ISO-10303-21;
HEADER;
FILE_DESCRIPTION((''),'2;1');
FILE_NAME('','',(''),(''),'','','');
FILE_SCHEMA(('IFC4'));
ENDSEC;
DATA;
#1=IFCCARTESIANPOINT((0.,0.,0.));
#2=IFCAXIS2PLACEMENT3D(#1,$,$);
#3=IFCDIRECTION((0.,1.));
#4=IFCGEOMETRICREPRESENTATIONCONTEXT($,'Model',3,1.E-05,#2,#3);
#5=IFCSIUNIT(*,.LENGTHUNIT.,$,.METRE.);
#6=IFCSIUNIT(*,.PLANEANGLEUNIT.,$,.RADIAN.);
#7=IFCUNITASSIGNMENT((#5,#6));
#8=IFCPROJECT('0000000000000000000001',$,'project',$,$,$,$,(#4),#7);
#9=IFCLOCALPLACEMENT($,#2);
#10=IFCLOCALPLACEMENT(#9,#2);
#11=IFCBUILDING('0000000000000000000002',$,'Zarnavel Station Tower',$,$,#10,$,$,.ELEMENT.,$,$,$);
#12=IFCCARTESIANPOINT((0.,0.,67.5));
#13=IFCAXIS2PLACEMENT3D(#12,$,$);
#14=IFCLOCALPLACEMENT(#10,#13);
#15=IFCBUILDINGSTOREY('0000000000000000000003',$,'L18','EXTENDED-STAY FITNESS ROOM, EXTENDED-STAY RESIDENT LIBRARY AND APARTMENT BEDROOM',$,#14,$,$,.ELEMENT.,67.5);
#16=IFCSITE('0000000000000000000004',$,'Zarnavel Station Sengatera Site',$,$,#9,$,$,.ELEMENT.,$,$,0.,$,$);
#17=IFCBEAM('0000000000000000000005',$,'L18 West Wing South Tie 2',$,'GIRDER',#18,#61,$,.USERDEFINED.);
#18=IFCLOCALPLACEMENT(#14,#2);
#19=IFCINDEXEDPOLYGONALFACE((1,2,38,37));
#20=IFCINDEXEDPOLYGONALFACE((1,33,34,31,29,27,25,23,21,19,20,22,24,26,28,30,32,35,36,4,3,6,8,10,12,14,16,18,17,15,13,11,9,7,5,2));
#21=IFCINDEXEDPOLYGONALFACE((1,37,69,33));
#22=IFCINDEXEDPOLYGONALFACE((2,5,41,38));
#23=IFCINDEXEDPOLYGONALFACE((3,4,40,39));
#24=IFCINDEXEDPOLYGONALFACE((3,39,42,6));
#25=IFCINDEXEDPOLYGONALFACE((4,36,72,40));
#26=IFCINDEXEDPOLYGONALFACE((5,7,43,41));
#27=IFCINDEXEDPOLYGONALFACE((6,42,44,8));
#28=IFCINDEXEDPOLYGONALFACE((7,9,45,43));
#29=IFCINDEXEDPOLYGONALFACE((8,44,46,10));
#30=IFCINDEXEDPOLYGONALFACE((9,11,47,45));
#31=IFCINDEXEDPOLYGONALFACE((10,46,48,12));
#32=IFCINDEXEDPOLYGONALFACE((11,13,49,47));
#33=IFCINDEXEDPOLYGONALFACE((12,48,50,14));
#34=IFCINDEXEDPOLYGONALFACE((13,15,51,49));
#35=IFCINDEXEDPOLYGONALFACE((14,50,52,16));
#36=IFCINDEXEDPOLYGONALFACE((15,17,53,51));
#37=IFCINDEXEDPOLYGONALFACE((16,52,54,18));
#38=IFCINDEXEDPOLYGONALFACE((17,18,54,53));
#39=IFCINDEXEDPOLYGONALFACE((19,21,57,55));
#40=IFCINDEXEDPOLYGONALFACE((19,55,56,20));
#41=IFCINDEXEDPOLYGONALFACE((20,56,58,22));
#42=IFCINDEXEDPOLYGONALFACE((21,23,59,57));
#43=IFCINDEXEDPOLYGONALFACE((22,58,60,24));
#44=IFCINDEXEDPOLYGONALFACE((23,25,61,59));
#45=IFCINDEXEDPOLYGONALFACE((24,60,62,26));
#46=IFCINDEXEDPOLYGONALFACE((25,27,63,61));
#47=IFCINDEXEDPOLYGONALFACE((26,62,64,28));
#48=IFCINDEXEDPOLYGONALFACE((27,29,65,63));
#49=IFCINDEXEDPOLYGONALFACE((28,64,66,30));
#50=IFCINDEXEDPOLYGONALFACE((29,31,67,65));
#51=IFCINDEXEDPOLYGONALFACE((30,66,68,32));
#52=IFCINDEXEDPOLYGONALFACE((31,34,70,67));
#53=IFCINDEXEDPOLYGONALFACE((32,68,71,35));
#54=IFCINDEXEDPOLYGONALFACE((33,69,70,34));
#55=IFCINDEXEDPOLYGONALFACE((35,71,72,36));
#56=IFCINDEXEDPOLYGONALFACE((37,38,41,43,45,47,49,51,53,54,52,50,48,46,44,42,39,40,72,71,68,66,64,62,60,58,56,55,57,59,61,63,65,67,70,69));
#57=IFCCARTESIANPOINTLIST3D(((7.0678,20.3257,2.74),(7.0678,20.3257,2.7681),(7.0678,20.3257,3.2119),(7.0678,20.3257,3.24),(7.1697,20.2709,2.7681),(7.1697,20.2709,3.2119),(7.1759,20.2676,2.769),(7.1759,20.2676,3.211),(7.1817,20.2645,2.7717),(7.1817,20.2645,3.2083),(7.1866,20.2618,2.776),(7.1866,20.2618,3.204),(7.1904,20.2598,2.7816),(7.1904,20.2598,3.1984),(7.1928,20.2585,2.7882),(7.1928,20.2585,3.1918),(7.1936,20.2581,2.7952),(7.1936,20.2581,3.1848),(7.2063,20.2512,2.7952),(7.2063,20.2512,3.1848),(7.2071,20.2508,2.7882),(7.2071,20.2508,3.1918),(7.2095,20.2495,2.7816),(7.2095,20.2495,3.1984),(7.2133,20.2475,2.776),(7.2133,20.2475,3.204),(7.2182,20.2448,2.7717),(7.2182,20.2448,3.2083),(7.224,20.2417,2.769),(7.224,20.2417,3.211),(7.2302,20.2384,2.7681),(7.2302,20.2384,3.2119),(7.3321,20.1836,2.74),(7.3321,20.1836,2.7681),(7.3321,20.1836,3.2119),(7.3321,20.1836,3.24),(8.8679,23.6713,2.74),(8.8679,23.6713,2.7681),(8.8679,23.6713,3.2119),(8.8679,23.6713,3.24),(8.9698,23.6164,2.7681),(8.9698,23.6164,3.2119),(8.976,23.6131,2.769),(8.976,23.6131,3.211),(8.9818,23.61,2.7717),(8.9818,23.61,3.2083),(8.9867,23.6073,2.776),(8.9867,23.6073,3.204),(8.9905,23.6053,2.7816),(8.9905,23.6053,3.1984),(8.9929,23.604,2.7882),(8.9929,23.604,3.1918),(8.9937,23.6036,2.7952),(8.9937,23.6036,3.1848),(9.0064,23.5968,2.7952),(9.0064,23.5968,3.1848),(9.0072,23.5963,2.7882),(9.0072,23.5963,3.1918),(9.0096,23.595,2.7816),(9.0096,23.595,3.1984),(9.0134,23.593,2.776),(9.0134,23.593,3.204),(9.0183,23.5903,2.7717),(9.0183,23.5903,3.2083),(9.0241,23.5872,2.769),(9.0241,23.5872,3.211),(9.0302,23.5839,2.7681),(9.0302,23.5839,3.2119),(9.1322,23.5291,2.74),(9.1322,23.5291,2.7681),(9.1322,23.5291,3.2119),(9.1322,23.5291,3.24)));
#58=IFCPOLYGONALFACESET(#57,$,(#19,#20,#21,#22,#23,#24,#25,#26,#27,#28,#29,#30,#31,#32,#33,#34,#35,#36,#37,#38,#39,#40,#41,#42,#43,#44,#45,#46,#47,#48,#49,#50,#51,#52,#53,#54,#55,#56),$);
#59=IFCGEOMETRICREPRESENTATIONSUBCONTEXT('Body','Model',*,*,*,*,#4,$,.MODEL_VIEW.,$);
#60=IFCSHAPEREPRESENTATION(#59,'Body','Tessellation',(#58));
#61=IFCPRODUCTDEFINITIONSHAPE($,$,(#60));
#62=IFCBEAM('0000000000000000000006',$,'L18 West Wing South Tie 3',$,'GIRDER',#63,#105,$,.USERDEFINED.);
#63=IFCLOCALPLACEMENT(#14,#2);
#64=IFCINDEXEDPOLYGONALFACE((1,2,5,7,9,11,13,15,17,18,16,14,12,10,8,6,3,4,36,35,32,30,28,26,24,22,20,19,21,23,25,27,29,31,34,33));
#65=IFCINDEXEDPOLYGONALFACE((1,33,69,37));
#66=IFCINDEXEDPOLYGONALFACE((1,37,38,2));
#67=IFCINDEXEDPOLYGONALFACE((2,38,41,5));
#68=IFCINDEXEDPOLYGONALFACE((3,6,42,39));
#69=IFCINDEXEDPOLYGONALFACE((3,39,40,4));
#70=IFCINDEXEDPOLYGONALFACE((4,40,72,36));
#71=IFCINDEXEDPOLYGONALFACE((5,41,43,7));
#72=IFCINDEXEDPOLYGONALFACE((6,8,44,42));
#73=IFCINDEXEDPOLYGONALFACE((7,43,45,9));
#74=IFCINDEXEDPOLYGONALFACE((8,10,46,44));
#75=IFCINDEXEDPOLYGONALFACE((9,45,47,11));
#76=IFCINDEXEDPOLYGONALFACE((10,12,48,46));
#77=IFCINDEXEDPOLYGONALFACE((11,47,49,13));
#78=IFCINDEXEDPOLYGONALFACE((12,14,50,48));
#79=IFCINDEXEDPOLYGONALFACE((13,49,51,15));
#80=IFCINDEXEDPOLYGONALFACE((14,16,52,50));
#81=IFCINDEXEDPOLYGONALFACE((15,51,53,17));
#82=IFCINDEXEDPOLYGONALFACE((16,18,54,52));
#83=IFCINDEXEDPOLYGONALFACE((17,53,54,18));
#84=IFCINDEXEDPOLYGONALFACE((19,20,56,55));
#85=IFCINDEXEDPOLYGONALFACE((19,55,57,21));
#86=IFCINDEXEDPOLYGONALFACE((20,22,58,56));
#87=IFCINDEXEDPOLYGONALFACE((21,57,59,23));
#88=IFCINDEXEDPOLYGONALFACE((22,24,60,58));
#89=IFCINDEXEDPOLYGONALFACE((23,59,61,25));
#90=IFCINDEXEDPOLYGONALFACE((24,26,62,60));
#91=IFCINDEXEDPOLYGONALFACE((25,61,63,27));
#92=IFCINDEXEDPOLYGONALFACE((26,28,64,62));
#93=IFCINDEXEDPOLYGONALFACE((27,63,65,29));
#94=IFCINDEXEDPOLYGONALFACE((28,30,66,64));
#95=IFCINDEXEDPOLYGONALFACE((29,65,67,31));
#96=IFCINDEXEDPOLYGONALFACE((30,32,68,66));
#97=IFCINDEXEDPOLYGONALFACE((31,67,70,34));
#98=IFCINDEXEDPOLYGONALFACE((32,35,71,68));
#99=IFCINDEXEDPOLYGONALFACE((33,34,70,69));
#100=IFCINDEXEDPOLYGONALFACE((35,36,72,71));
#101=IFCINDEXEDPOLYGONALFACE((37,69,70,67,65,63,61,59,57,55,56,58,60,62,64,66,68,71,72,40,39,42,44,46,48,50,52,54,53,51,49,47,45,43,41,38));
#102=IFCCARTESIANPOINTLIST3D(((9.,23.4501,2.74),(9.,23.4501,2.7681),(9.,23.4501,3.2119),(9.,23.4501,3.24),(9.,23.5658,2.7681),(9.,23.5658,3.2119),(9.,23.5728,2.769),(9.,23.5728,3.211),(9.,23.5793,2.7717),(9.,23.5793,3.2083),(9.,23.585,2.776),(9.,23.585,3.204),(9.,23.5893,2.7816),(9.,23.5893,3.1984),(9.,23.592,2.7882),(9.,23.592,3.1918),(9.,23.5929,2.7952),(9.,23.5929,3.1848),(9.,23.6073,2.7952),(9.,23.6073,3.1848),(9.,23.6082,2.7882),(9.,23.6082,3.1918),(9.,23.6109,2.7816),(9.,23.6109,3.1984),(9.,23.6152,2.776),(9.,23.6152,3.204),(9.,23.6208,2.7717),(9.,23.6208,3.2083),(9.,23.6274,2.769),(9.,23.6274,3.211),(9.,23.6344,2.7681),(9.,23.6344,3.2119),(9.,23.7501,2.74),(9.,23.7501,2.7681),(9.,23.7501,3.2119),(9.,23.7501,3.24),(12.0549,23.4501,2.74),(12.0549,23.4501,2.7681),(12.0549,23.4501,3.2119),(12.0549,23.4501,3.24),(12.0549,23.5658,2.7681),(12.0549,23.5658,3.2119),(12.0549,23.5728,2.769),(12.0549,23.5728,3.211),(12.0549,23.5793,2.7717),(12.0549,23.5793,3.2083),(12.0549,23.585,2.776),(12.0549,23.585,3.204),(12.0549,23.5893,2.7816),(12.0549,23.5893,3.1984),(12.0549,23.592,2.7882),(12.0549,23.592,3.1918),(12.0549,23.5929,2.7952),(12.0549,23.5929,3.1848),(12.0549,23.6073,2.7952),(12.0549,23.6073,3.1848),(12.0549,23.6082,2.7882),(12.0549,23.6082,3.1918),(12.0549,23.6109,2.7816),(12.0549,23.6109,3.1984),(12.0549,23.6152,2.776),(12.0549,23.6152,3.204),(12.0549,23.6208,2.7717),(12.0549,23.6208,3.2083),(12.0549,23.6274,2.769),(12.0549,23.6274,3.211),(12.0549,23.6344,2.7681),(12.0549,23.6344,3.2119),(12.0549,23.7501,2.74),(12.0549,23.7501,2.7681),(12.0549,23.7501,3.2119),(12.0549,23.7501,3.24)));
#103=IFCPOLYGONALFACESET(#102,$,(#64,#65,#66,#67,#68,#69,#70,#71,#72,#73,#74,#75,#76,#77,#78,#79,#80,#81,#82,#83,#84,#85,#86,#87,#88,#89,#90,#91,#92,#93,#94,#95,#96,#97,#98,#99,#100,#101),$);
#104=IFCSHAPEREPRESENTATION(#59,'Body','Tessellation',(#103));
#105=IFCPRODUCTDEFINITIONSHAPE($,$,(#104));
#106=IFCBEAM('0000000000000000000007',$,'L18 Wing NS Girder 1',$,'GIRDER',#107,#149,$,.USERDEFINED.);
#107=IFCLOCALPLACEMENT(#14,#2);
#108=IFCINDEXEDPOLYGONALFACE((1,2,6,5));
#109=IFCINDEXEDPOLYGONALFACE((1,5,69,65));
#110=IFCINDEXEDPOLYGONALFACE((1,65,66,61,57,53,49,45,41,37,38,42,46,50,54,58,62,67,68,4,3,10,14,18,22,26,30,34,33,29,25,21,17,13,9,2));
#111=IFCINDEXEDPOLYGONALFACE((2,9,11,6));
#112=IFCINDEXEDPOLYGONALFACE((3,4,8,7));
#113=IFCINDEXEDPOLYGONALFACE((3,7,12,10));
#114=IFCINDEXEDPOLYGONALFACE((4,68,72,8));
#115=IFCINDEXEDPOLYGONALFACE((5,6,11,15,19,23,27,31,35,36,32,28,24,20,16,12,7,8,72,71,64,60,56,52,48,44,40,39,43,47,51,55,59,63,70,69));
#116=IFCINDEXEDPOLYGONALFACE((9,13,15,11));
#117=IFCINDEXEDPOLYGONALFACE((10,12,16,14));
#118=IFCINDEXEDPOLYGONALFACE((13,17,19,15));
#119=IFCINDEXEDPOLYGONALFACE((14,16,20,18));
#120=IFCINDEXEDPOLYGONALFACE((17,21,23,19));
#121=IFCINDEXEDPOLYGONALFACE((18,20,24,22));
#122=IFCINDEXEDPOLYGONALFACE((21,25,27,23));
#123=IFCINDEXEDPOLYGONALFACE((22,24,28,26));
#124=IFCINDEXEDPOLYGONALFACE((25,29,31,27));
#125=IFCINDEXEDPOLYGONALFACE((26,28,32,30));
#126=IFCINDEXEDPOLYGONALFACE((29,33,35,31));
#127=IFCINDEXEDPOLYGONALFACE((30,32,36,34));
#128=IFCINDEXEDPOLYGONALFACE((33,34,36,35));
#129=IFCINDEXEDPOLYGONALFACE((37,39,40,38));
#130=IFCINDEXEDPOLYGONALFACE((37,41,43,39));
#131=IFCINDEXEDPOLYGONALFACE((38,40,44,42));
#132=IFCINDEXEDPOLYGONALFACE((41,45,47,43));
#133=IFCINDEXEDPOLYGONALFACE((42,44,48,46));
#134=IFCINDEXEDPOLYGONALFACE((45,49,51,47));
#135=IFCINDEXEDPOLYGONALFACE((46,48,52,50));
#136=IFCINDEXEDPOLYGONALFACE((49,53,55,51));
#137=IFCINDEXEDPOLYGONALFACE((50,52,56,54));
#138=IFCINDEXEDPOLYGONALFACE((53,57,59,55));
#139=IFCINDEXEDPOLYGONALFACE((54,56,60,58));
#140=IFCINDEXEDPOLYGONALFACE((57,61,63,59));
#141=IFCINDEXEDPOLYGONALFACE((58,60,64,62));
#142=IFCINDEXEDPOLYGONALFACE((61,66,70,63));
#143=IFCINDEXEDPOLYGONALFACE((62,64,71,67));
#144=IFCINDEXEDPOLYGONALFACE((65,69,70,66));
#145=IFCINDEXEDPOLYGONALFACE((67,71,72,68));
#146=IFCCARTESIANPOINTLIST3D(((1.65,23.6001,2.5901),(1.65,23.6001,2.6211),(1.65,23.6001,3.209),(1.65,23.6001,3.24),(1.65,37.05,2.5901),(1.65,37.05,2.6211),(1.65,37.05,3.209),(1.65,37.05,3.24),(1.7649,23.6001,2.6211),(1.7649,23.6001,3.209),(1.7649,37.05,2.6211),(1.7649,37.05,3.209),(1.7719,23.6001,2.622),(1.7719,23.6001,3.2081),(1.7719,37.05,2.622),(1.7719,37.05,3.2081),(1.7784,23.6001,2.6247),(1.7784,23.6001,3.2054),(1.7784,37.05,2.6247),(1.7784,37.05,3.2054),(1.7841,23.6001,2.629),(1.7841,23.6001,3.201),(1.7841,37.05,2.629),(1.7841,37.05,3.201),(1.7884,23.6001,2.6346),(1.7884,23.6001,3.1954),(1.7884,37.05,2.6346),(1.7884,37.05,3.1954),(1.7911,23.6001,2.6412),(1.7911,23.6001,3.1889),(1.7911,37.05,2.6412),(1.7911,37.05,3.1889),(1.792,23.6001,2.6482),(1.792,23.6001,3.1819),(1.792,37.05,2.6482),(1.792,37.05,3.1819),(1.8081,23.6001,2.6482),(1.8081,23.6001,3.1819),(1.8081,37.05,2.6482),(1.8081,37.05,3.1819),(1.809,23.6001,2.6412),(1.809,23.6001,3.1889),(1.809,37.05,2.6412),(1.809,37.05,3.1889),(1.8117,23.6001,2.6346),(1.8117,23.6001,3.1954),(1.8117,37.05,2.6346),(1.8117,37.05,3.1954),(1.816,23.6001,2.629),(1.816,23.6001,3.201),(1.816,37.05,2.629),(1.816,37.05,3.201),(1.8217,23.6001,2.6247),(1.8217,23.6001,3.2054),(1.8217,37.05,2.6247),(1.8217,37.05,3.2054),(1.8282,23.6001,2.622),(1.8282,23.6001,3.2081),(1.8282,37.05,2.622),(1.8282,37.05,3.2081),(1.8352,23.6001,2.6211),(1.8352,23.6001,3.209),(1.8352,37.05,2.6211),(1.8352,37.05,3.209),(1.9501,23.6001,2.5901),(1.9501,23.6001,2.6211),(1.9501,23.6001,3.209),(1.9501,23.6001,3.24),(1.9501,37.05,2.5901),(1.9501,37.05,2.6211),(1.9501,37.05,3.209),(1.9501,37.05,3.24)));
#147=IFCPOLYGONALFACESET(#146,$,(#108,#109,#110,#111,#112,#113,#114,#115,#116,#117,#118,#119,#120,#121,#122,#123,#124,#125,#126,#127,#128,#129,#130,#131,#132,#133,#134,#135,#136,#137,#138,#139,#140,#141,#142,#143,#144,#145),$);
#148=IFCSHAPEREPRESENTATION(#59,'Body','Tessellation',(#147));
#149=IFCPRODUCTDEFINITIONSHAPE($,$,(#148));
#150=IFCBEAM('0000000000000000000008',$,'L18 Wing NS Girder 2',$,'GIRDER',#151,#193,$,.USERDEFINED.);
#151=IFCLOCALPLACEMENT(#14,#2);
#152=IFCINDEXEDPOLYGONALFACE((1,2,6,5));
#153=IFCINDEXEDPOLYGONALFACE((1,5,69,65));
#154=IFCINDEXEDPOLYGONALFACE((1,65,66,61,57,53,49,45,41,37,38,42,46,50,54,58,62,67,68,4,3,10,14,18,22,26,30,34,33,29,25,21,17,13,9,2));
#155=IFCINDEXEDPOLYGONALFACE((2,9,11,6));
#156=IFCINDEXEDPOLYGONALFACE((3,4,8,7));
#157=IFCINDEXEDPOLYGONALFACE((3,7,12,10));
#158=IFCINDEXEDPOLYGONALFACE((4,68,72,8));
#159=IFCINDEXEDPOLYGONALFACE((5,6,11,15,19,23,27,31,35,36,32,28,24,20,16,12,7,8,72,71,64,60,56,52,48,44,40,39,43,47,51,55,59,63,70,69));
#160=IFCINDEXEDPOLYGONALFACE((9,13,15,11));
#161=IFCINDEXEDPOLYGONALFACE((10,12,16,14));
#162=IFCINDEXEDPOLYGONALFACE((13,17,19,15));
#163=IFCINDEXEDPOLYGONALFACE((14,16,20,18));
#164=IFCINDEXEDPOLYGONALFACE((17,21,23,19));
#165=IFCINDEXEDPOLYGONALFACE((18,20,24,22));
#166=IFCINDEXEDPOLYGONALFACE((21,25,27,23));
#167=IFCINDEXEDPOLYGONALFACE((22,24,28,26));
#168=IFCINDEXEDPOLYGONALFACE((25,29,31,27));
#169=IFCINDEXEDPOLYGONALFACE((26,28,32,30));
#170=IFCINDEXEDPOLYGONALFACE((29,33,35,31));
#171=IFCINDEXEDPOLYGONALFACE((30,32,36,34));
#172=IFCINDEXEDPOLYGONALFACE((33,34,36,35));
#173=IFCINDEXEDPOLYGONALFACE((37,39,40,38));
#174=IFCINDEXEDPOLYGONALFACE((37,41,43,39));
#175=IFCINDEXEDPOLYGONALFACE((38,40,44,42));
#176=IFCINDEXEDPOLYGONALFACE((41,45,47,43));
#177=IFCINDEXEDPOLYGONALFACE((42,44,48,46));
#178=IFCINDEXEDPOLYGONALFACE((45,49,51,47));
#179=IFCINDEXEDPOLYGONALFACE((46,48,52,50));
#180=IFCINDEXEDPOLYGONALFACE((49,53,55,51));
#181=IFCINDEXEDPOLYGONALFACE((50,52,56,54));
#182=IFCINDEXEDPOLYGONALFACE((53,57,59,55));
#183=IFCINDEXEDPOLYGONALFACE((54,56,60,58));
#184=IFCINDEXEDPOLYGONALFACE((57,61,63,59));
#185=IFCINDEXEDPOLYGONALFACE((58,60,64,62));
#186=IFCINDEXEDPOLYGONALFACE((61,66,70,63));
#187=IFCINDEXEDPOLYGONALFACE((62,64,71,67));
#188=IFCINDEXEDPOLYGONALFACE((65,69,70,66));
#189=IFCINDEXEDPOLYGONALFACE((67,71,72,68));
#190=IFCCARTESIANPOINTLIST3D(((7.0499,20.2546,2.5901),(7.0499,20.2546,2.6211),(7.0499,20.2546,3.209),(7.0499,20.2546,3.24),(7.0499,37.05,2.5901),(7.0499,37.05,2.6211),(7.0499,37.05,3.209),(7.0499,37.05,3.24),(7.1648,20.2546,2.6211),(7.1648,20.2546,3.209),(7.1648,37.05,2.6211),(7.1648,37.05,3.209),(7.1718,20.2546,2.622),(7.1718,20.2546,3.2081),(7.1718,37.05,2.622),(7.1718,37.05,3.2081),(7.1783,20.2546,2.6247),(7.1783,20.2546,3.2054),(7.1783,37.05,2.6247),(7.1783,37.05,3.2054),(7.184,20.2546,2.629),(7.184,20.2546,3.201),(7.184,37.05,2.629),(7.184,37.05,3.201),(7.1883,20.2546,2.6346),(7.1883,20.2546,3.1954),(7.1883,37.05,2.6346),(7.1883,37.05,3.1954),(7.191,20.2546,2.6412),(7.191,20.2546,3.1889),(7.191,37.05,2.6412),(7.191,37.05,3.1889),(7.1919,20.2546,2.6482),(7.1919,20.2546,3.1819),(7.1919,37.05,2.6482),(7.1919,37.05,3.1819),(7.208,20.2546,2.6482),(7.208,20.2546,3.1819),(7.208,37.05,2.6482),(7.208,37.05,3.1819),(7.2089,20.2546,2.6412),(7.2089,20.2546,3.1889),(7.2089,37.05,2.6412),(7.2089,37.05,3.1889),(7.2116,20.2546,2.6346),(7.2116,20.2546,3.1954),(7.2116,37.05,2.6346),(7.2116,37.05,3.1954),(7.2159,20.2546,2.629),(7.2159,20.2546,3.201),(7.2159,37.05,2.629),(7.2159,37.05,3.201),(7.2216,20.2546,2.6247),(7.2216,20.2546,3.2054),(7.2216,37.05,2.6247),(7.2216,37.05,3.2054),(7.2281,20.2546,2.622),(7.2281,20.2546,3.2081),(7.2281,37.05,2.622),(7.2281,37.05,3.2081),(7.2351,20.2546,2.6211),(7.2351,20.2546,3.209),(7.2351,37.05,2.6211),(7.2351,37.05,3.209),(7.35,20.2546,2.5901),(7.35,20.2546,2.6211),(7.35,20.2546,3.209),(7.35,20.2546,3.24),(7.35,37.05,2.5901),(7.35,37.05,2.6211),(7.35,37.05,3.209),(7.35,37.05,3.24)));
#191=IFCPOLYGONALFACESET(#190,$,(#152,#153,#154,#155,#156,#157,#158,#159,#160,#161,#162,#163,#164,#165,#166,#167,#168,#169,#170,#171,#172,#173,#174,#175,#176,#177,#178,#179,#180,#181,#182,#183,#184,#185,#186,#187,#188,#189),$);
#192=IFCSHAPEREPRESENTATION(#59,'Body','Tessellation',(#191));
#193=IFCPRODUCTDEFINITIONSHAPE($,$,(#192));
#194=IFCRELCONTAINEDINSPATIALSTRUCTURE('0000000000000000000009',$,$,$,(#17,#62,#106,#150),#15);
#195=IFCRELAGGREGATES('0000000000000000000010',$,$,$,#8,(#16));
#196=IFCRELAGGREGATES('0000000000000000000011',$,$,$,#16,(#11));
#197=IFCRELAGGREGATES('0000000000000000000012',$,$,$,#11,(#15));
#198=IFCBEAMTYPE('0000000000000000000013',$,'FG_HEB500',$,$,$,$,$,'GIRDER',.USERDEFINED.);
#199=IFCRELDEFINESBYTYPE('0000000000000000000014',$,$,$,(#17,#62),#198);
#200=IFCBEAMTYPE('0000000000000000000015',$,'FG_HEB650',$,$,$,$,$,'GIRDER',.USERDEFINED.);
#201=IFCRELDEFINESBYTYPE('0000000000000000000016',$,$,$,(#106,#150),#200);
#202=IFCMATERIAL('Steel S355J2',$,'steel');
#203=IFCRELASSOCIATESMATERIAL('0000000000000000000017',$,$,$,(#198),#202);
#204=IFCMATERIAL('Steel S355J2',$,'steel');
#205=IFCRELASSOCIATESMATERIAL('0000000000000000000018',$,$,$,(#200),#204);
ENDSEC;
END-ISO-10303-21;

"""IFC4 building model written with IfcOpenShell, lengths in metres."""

from ifc_helpers import new_model, si_unit, direction, frame, origin, origin_2d, place, context, subcontext, project, spatial, i_section, extrude, material, material_profile, profile_set, type_object, element, save


model = new_model("IFC4")

# Units and contexts
model_context = context("Model", 3, precision=1e-05, world=origin(), true_north=direction((0.0, 1.0)))
body_context = subcontext(model_context, "Body", "Model", "MODEL_VIEW")
ifc_project = project(units=[si_unit("LENGTHUNIT", "METRE"), si_unit("PLANEANGLEUNIT", "RADIAN")], contexts=[model_context])

# Site, building, storey
site_placement = place(None, origin())
site = spatial("IfcSite", under=ifc_project, at=site_placement, Name="Zarnavel Station Sengatera Site", CompositionType="ELEMENT", RefElevation=0.0)
building_placement = place(site_placement, origin())
building = spatial("IfcBuilding", under=site, at=building_placement, Name="Zarnavel Station Tower", CompositionType="ELEMENT")
storey_placement = place(building_placement, frame((0.0, 0.0, 67.5)))
storey = spatial("IfcBuildingStorey", under=building, at=storey_placement, Name="L18", Description="EXTENDED-STAY FITNESS ROOM, EXTENDED-STAY RESIDENT LIBRARY AND APARTMENT BEDROOM", CompositionType="ELEMENT", Elevation=67.5)

# Beams
ifc_material_1 = material(Name="Steel S355J2", Category="steel")
ifc_material_profile_1 = material_profile(ifc_material_1, i_section(OverallWidth=0.3, OverallDepth=0.5, WebThickness=0.0144, FlangeThickness=0.0281, FilletRadius=0.0271, at=origin_2d()), Name="HEB500")
ifc_profile_set_1 = profile_set([ifc_material_profile_1], Name="Steel S355J2")
beam_type_1 = type_object("IfcBeamType", Name="FG_HEB500", ElementType="GIRDER", PredefinedType="USERDEFINED", material=ifc_profile_set_1)
beam_1_placement = place(storey_placement, frame((7.2, 20.2546, 2.99), z_axis=(0.473824, 0.88062, 0.0), x_axis=(-0.88062, 0.473824, 0.0)))
element("IfcBeam", 1, at=beam_1_placement, inside=storey, type_object=beam_type_1, Name="L18 West Wing South Tie 2", ObjectType="GIRDER", PredefinedType="USERDEFINED", context=body_context, shape_type="SweptSolid", body=[
    extrude(i_section(OverallWidth=0.3, OverallDepth=0.5, WebThickness=0.0144, FlangeThickness=0.0281, FilletRadius=0.0271, at=origin_2d()), origin(), (0.0, 0.0, 1.0), 3.7991),
])
beam_2_placement = place(storey_placement, frame((9.0, 23.6001, 2.99), z_axis=(1.0, 0.0, 0.0), x_axis=(0.0, 1.0, 0.0)))
element("IfcBeam", 2, at=beam_2_placement, inside=storey, type_object=beam_type_1, Name="L18 West Wing South Tie 3", ObjectType="GIRDER", PredefinedType="USERDEFINED", context=body_context, shape_type="SweptSolid", body=[
    extrude(i_section(OverallWidth=0.3, OverallDepth=0.5, WebThickness=0.0144, FlangeThickness=0.0281, FilletRadius=0.0271, at=origin_2d()), origin(), (0.0, 0.0, 1.0), 3.0549),
])
ifc_material_2 = material(Name="Steel S355J2", Category="steel")
ifc_material_profile_2 = material_profile(ifc_material_2, i_section(OverallWidth=0.3, OverallDepth=0.6499, WebThickness=0.0161, FlangeThickness=0.031, FilletRadius=0.0271, at=origin_2d()), Name="HEB650")
ifc_profile_set_2 = profile_set([ifc_material_profile_2], Name="Steel S355J2")
beam_type_2 = type_object("IfcBeamType", Name="FG_HEB650", ElementType="GIRDER", PredefinedType="USERDEFINED", material=ifc_profile_set_2)
beam_3_placement = place(storey_placement, frame((1.8, 23.6001, 2.915), z_axis=(0.0, 1.0, 0.0), x_axis=(-1.0, 0.0, 0.0)))
element("IfcBeam", 3, at=beam_3_placement, inside=storey, type_object=beam_type_2, Name="L18 Wing NS Girder 1", ObjectType="GIRDER", PredefinedType="USERDEFINED", context=body_context, shape_type="SweptSolid", body=[
    extrude(i_section(OverallWidth=0.3, OverallDepth=0.6499, WebThickness=0.0161, FlangeThickness=0.031, FilletRadius=0.0271, at=origin_2d()), origin(), (0.0, 0.0, 1.0), 13.45),
])
beam_4_placement = place(storey_placement, frame((7.2, 20.2546, 2.915), z_axis=(0.0, 1.0, 0.0), x_axis=(-1.0, 0.0, 0.0)))
element("IfcBeam", 4, at=beam_4_placement, inside=storey, type_object=beam_type_2, Name="L18 Wing NS Girder 2", ObjectType="GIRDER", PredefinedType="USERDEFINED", context=body_context, shape_type="SweptSolid", body=[
    extrude(i_section(OverallWidth=0.3, OverallDepth=0.6499, WebThickness=0.0161, FlangeThickness=0.031, FilletRadius=0.0271, at=origin_2d()), origin(), (0.0, 0.0, 1.0), 16.7954),
])

save(model, "model.ifc")
